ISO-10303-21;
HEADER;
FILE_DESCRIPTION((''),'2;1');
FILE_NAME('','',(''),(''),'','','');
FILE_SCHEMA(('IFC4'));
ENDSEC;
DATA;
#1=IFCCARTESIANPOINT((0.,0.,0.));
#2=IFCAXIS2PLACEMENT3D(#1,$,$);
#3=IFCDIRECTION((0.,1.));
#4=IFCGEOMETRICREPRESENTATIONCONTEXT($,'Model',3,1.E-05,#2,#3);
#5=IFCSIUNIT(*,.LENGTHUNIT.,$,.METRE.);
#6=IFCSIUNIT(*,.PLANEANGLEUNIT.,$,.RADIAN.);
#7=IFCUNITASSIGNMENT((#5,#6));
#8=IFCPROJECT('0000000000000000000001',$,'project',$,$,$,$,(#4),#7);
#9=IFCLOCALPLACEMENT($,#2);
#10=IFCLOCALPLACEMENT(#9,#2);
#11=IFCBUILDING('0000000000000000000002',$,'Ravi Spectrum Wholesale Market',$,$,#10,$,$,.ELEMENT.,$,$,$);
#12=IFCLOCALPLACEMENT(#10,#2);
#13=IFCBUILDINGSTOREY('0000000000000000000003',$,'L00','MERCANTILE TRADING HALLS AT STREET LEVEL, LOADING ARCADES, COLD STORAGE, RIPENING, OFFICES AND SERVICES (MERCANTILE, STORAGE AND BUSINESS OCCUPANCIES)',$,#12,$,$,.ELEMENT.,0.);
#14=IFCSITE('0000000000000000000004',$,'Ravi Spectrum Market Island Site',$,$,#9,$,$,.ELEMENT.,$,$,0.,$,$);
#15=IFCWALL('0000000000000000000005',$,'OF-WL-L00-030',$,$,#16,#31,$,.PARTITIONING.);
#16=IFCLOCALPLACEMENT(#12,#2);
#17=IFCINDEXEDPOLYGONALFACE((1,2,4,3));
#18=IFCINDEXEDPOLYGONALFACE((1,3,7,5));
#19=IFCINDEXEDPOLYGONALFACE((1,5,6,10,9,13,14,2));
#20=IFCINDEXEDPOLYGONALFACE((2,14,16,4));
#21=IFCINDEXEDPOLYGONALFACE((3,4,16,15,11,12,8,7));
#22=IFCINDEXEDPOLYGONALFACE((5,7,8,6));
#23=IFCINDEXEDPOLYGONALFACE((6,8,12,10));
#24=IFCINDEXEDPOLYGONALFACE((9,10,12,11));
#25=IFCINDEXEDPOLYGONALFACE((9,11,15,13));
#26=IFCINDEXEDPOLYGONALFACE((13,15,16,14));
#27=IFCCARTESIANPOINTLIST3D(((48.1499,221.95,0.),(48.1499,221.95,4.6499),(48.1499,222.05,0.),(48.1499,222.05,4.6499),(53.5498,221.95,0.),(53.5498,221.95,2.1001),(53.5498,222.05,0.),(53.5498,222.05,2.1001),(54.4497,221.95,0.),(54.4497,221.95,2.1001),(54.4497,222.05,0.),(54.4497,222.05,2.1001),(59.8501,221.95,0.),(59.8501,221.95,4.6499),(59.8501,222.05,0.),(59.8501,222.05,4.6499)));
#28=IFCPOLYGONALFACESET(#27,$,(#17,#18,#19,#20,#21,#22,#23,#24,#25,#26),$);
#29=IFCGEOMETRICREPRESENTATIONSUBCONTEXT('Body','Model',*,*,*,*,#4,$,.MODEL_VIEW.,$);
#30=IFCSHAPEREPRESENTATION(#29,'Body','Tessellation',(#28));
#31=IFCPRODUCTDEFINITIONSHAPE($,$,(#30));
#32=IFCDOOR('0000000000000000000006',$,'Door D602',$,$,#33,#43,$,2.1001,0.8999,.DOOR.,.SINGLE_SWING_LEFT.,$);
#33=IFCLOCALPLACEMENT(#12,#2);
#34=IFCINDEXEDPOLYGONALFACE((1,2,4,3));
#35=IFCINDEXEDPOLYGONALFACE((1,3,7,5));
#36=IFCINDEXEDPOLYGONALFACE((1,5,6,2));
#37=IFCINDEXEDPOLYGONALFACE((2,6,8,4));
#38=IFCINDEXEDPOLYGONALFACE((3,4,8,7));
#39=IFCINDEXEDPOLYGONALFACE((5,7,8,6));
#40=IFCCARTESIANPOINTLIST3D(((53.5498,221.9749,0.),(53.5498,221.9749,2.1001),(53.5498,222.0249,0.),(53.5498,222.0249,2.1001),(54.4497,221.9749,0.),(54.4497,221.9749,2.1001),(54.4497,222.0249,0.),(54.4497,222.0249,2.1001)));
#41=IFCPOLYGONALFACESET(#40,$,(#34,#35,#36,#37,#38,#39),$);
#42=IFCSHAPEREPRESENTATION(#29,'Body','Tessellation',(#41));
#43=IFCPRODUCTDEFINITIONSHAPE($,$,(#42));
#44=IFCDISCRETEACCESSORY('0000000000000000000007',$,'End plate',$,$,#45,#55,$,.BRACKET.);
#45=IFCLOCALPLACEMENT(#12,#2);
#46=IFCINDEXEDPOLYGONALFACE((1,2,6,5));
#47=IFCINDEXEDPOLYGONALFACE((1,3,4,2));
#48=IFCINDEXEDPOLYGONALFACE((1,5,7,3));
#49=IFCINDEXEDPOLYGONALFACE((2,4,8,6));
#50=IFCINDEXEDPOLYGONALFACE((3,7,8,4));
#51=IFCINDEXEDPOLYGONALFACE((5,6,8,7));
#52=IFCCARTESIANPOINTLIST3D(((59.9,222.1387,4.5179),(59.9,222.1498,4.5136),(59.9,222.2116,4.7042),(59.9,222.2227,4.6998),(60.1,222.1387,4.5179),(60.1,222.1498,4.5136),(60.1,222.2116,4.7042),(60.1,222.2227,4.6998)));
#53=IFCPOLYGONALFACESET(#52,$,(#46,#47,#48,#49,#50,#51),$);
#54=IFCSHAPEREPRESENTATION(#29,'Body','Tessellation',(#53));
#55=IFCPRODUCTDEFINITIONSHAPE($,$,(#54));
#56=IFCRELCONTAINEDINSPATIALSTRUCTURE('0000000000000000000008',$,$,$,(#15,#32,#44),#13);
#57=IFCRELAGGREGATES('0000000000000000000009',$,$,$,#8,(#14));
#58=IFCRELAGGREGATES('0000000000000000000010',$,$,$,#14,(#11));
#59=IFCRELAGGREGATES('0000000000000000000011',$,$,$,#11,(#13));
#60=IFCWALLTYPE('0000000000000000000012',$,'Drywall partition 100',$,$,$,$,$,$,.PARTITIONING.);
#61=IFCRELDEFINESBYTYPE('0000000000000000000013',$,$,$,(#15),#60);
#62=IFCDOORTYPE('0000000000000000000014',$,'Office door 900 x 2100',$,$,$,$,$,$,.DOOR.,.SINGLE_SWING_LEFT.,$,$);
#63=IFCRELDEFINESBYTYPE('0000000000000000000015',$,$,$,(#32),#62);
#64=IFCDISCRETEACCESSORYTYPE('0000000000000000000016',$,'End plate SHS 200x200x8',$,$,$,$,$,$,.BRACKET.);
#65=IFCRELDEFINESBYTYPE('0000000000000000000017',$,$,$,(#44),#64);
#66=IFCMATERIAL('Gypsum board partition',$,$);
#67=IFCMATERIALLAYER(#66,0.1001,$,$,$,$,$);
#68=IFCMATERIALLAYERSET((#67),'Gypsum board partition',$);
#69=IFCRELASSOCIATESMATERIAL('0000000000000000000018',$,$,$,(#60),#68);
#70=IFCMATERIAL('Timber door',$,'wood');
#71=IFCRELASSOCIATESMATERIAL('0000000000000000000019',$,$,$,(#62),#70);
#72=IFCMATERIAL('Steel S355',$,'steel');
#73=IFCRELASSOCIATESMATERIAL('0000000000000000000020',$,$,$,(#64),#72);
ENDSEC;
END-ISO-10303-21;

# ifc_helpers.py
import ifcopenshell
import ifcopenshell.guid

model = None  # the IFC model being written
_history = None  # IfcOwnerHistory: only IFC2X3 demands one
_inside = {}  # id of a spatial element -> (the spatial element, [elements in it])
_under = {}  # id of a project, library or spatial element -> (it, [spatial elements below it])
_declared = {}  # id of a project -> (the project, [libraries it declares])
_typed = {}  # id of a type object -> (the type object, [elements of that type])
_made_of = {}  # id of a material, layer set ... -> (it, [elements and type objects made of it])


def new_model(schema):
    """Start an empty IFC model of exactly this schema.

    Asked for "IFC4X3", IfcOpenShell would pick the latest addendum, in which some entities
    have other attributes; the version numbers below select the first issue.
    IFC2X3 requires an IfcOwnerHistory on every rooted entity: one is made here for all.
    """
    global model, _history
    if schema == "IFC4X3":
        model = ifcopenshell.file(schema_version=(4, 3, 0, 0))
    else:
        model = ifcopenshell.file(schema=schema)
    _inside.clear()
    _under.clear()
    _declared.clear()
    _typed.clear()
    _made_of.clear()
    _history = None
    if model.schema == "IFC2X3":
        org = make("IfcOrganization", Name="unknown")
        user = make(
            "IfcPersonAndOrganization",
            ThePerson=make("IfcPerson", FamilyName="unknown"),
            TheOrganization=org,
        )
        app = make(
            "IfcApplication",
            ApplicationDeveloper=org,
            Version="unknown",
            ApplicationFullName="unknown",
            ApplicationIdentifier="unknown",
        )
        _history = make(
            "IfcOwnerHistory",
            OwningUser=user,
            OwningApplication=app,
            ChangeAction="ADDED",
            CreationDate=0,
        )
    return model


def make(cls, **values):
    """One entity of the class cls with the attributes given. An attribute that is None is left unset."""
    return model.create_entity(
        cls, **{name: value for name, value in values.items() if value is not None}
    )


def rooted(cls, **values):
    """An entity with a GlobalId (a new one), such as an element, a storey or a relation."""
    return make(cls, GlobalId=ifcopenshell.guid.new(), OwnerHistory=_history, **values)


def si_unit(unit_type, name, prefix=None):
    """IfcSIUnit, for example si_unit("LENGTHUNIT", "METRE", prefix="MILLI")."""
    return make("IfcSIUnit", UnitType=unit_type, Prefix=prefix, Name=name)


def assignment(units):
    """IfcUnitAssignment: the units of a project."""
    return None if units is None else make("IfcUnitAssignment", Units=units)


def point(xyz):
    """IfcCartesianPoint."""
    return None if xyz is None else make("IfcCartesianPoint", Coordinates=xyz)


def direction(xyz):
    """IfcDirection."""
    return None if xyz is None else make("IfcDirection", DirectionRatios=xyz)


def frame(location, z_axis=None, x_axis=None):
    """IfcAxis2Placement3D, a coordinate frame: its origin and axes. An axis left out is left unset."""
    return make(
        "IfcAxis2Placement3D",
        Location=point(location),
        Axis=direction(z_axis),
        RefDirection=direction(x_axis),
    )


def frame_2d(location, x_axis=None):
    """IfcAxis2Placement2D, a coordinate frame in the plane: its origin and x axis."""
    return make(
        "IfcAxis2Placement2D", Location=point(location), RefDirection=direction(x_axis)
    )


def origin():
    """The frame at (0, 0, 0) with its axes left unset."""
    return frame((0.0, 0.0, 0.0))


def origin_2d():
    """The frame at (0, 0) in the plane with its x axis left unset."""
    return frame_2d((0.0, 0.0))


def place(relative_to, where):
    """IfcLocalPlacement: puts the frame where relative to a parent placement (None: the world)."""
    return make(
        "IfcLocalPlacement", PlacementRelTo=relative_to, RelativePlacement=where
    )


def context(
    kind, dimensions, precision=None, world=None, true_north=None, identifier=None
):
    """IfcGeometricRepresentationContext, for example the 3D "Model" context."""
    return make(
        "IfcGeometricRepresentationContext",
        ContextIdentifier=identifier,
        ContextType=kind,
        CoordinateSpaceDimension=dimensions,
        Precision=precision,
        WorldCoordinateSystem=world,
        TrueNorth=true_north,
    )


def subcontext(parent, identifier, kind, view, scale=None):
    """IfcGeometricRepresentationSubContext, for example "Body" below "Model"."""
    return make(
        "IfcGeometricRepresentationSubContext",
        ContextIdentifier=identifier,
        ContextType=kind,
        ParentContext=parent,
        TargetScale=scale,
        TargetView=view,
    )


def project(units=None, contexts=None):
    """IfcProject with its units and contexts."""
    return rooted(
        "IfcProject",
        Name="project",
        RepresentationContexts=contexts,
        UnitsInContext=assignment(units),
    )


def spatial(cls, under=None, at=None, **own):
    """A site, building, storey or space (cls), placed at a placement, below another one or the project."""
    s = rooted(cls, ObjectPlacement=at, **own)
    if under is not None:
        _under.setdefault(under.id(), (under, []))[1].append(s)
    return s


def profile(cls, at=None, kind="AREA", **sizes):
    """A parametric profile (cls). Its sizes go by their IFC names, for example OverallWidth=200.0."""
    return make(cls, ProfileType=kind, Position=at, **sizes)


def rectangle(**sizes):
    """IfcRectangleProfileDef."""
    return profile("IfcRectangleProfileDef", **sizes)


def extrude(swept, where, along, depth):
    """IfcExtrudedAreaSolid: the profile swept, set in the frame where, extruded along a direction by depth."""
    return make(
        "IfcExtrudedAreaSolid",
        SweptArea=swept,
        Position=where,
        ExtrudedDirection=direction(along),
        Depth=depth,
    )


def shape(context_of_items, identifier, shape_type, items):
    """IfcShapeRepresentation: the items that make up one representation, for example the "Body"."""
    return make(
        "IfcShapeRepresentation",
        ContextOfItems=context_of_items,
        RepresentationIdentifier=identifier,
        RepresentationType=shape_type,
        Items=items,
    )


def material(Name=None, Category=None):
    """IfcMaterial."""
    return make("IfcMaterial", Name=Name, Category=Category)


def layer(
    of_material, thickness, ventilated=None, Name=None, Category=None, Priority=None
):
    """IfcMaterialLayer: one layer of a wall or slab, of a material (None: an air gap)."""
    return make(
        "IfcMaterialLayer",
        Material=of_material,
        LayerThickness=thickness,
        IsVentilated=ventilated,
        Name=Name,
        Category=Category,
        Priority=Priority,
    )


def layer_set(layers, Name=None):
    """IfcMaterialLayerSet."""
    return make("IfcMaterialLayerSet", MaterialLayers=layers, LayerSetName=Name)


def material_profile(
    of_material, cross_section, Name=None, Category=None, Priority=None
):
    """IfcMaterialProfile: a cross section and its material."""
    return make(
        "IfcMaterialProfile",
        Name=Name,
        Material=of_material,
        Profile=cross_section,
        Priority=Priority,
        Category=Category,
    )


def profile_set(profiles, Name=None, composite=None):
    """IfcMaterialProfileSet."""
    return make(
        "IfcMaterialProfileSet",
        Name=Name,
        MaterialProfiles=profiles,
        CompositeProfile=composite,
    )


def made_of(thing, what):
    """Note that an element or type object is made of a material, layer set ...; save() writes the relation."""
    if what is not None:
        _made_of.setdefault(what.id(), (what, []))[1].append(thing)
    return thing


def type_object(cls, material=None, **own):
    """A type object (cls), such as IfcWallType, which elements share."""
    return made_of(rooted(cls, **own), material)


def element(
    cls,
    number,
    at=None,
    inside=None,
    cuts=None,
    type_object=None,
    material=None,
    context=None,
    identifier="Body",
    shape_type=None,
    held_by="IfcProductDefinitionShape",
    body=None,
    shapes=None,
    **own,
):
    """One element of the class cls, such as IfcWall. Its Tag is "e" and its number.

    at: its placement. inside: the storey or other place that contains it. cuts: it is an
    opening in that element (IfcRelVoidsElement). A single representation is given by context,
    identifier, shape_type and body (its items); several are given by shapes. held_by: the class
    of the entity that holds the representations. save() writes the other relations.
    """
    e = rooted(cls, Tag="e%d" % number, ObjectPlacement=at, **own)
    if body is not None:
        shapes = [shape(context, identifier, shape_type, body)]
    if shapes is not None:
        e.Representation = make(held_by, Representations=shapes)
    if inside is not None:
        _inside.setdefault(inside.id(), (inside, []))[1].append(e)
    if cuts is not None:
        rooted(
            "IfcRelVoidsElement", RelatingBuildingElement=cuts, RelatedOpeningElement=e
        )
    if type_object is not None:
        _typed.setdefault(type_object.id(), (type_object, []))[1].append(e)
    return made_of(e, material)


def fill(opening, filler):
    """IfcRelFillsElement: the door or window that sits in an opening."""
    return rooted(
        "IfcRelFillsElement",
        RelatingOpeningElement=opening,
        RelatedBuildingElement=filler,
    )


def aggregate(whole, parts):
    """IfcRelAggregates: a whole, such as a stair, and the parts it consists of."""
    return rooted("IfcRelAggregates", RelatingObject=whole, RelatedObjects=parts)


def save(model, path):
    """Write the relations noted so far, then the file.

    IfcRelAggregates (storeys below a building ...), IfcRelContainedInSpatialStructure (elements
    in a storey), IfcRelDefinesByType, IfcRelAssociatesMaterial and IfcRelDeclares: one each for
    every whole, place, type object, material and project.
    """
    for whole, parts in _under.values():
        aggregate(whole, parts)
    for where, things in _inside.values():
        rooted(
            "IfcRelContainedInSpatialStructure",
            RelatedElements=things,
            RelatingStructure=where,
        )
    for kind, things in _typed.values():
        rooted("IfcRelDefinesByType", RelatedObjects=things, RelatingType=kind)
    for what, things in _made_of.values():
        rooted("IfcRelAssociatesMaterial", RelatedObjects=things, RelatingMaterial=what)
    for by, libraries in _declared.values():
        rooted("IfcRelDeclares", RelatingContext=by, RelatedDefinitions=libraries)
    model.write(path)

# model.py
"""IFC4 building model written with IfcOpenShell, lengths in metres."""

from ifc_helpers import new_model, si_unit, direction, frame, frame_2d, origin, origin_2d, place, context, subcontext, project, spatial, rectangle, extrude, material, layer, layer_set, material_profile, profile_set, type_object, element, fill, save


model = new_model("IFC4")

# Units and contexts
model_context = context("Model", 3, precision=1e-05, world=origin(), true_north=direction((0.0, 1.0)))
body_context = subcontext(model_context, "Body", "Model", "MODEL_VIEW")
ifc_project = project(units=[si_unit("LENGTHUNIT", "METRE"), si_unit("PLANEANGLEUNIT", "RADIAN")], contexts=[model_context])

# Site, building, storey
site_placement = place(None, origin())
site = spatial("IfcSite", under=ifc_project, at=site_placement, Name="Ravi Spectrum Market Island Site", CompositionType="ELEMENT", RefElevation=0.0)
building_placement = place(site_placement, origin())
building = spatial("IfcBuilding", under=site, at=building_placement, Name="Ravi Spectrum Wholesale Market", CompositionType="ELEMENT")
storey_placement = place(building_placement, origin())
storey = spatial("IfcBuildingStorey", under=building, at=storey_placement, Name="L00", Description="MERCANTILE TRADING HALLS AT STREET LEVEL, LOADING ARCADES, COLD STORAGE, RIPENING, OFFICES AND SERVICES (MERCANTILE, STORAGE AND BUSINESS OCCUPANCIES)", CompositionType="ELEMENT", Elevation=0.0)

# Wall, opening, door
ifc_material_1 = material(Name="Gypsum board partition")
ifc_layer_1 = layer(ifc_material_1, 0.1001)
ifc_layer_set_1 = layer_set([ifc_layer_1], Name="Gypsum board partition")
wall_type_1 = type_object("IfcWallType", Name="Drywall partition 100", PredefinedType="PARTITIONING", material=ifc_layer_set_1)
wall_1_placement = place(storey_placement, frame((48.1499, 222.0, 0.0), z_axis=(0.0, 0.0, 1.0), x_axis=(1.0, 0.0, 0.0)))
wall_1 = element("IfcWall", 1, at=wall_1_placement, inside=storey, type_object=wall_type_1, Name="OF-WL-L00-030", PredefinedType="PARTITIONING", context=body_context, shape_type="SweptSolid", body=[
    extrude(rectangle(XDim=11.7002, YDim=0.1001, at=frame_2d((5.8501, 0.0))), origin(), (0.0, 0.0, 1.0), 4.6499),
])
opening_placement = place(wall_1_placement, frame((5.3999, 0.0, 0.0)))
opening = element("IfcOpeningElement", 2, at=opening_placement, cuts=wall_1, PredefinedType="OPENING", context=body_context, shape_type="SweptSolid", body=[
    extrude(rectangle(XDim=0.8999, YDim=2.1001, at=frame_2d((0.45, 1.05))), frame((0.0, 0.0601, 0.0), z_axis=(0.0, -1.0, 0.0), x_axis=(1.0, 0.0, 0.0)), (0.0, 0.0, 1.0), 0.1201),
])
ifc_material_2 = material(Name="Timber door", Category="wood")
door_type = type_object("IfcDoorType", Name="Office door 900 x 2100", OperationType="SINGLE_SWING_LEFT", PredefinedType="DOOR", material=ifc_material_2)
door_placement = place(opening_placement, origin())
door = element("IfcDoor", 3, at=door_placement, inside=storey, type_object=door_type, Name="Door D602", OperationType="SINGLE_SWING_LEFT", OverallHeight=2.1001, OverallWidth=0.8999, PredefinedType="DOOR", context=body_context, shape_type="SweptSolid", body=[
    extrude(rectangle(XDim=0.8999, YDim=2.1001, at=frame_2d((0.45, 1.05))), frame((0.0, 0.0249, 0.0), z_axis=(0.0, -1.0, 0.0), x_axis=(1.0, 0.0, 0.0)), (0.0, 0.0, 1.0), 0.05),
])
fill(opening, door)

# Discrete accessory
ifc_material_3 = material(Name="Steel S355", Category="steel")
ifc_material_profile_1 = material_profile(ifc_material_3, rectangle(XDim=0.2, YDim=0.2, at=origin_2d()))
ifc_profile_set_1 = profile_set([ifc_material_profile_1], Name="Steel S355")
discrete_accessory_type = type_object("IfcDiscreteAccessoryType", Name="End plate SHS 200x200x8", PredefinedType="BRACKET", material=ifc_profile_set_1)
discrete_accessory_placement = place(storey_placement, frame((60.0, 222.1863, 4.6067), z_axis=(0.0, -0.931243, 0.364399), x_axis=(1.0, 0.0, 0.0)))
element("IfcDiscreteAccessory", 4, at=discrete_accessory_placement, inside=storey, type_object=discrete_accessory_type, Name="End plate", PredefinedType="BRACKET", context=body_context, shape_type="SweptSolid", body=[
    extrude(rectangle(XDim=0.2, YDim=0.2, at=origin_2d()), origin(), (0.0, 0.0, 1.0), 0.012),
])

save(model, "model.ifc")
